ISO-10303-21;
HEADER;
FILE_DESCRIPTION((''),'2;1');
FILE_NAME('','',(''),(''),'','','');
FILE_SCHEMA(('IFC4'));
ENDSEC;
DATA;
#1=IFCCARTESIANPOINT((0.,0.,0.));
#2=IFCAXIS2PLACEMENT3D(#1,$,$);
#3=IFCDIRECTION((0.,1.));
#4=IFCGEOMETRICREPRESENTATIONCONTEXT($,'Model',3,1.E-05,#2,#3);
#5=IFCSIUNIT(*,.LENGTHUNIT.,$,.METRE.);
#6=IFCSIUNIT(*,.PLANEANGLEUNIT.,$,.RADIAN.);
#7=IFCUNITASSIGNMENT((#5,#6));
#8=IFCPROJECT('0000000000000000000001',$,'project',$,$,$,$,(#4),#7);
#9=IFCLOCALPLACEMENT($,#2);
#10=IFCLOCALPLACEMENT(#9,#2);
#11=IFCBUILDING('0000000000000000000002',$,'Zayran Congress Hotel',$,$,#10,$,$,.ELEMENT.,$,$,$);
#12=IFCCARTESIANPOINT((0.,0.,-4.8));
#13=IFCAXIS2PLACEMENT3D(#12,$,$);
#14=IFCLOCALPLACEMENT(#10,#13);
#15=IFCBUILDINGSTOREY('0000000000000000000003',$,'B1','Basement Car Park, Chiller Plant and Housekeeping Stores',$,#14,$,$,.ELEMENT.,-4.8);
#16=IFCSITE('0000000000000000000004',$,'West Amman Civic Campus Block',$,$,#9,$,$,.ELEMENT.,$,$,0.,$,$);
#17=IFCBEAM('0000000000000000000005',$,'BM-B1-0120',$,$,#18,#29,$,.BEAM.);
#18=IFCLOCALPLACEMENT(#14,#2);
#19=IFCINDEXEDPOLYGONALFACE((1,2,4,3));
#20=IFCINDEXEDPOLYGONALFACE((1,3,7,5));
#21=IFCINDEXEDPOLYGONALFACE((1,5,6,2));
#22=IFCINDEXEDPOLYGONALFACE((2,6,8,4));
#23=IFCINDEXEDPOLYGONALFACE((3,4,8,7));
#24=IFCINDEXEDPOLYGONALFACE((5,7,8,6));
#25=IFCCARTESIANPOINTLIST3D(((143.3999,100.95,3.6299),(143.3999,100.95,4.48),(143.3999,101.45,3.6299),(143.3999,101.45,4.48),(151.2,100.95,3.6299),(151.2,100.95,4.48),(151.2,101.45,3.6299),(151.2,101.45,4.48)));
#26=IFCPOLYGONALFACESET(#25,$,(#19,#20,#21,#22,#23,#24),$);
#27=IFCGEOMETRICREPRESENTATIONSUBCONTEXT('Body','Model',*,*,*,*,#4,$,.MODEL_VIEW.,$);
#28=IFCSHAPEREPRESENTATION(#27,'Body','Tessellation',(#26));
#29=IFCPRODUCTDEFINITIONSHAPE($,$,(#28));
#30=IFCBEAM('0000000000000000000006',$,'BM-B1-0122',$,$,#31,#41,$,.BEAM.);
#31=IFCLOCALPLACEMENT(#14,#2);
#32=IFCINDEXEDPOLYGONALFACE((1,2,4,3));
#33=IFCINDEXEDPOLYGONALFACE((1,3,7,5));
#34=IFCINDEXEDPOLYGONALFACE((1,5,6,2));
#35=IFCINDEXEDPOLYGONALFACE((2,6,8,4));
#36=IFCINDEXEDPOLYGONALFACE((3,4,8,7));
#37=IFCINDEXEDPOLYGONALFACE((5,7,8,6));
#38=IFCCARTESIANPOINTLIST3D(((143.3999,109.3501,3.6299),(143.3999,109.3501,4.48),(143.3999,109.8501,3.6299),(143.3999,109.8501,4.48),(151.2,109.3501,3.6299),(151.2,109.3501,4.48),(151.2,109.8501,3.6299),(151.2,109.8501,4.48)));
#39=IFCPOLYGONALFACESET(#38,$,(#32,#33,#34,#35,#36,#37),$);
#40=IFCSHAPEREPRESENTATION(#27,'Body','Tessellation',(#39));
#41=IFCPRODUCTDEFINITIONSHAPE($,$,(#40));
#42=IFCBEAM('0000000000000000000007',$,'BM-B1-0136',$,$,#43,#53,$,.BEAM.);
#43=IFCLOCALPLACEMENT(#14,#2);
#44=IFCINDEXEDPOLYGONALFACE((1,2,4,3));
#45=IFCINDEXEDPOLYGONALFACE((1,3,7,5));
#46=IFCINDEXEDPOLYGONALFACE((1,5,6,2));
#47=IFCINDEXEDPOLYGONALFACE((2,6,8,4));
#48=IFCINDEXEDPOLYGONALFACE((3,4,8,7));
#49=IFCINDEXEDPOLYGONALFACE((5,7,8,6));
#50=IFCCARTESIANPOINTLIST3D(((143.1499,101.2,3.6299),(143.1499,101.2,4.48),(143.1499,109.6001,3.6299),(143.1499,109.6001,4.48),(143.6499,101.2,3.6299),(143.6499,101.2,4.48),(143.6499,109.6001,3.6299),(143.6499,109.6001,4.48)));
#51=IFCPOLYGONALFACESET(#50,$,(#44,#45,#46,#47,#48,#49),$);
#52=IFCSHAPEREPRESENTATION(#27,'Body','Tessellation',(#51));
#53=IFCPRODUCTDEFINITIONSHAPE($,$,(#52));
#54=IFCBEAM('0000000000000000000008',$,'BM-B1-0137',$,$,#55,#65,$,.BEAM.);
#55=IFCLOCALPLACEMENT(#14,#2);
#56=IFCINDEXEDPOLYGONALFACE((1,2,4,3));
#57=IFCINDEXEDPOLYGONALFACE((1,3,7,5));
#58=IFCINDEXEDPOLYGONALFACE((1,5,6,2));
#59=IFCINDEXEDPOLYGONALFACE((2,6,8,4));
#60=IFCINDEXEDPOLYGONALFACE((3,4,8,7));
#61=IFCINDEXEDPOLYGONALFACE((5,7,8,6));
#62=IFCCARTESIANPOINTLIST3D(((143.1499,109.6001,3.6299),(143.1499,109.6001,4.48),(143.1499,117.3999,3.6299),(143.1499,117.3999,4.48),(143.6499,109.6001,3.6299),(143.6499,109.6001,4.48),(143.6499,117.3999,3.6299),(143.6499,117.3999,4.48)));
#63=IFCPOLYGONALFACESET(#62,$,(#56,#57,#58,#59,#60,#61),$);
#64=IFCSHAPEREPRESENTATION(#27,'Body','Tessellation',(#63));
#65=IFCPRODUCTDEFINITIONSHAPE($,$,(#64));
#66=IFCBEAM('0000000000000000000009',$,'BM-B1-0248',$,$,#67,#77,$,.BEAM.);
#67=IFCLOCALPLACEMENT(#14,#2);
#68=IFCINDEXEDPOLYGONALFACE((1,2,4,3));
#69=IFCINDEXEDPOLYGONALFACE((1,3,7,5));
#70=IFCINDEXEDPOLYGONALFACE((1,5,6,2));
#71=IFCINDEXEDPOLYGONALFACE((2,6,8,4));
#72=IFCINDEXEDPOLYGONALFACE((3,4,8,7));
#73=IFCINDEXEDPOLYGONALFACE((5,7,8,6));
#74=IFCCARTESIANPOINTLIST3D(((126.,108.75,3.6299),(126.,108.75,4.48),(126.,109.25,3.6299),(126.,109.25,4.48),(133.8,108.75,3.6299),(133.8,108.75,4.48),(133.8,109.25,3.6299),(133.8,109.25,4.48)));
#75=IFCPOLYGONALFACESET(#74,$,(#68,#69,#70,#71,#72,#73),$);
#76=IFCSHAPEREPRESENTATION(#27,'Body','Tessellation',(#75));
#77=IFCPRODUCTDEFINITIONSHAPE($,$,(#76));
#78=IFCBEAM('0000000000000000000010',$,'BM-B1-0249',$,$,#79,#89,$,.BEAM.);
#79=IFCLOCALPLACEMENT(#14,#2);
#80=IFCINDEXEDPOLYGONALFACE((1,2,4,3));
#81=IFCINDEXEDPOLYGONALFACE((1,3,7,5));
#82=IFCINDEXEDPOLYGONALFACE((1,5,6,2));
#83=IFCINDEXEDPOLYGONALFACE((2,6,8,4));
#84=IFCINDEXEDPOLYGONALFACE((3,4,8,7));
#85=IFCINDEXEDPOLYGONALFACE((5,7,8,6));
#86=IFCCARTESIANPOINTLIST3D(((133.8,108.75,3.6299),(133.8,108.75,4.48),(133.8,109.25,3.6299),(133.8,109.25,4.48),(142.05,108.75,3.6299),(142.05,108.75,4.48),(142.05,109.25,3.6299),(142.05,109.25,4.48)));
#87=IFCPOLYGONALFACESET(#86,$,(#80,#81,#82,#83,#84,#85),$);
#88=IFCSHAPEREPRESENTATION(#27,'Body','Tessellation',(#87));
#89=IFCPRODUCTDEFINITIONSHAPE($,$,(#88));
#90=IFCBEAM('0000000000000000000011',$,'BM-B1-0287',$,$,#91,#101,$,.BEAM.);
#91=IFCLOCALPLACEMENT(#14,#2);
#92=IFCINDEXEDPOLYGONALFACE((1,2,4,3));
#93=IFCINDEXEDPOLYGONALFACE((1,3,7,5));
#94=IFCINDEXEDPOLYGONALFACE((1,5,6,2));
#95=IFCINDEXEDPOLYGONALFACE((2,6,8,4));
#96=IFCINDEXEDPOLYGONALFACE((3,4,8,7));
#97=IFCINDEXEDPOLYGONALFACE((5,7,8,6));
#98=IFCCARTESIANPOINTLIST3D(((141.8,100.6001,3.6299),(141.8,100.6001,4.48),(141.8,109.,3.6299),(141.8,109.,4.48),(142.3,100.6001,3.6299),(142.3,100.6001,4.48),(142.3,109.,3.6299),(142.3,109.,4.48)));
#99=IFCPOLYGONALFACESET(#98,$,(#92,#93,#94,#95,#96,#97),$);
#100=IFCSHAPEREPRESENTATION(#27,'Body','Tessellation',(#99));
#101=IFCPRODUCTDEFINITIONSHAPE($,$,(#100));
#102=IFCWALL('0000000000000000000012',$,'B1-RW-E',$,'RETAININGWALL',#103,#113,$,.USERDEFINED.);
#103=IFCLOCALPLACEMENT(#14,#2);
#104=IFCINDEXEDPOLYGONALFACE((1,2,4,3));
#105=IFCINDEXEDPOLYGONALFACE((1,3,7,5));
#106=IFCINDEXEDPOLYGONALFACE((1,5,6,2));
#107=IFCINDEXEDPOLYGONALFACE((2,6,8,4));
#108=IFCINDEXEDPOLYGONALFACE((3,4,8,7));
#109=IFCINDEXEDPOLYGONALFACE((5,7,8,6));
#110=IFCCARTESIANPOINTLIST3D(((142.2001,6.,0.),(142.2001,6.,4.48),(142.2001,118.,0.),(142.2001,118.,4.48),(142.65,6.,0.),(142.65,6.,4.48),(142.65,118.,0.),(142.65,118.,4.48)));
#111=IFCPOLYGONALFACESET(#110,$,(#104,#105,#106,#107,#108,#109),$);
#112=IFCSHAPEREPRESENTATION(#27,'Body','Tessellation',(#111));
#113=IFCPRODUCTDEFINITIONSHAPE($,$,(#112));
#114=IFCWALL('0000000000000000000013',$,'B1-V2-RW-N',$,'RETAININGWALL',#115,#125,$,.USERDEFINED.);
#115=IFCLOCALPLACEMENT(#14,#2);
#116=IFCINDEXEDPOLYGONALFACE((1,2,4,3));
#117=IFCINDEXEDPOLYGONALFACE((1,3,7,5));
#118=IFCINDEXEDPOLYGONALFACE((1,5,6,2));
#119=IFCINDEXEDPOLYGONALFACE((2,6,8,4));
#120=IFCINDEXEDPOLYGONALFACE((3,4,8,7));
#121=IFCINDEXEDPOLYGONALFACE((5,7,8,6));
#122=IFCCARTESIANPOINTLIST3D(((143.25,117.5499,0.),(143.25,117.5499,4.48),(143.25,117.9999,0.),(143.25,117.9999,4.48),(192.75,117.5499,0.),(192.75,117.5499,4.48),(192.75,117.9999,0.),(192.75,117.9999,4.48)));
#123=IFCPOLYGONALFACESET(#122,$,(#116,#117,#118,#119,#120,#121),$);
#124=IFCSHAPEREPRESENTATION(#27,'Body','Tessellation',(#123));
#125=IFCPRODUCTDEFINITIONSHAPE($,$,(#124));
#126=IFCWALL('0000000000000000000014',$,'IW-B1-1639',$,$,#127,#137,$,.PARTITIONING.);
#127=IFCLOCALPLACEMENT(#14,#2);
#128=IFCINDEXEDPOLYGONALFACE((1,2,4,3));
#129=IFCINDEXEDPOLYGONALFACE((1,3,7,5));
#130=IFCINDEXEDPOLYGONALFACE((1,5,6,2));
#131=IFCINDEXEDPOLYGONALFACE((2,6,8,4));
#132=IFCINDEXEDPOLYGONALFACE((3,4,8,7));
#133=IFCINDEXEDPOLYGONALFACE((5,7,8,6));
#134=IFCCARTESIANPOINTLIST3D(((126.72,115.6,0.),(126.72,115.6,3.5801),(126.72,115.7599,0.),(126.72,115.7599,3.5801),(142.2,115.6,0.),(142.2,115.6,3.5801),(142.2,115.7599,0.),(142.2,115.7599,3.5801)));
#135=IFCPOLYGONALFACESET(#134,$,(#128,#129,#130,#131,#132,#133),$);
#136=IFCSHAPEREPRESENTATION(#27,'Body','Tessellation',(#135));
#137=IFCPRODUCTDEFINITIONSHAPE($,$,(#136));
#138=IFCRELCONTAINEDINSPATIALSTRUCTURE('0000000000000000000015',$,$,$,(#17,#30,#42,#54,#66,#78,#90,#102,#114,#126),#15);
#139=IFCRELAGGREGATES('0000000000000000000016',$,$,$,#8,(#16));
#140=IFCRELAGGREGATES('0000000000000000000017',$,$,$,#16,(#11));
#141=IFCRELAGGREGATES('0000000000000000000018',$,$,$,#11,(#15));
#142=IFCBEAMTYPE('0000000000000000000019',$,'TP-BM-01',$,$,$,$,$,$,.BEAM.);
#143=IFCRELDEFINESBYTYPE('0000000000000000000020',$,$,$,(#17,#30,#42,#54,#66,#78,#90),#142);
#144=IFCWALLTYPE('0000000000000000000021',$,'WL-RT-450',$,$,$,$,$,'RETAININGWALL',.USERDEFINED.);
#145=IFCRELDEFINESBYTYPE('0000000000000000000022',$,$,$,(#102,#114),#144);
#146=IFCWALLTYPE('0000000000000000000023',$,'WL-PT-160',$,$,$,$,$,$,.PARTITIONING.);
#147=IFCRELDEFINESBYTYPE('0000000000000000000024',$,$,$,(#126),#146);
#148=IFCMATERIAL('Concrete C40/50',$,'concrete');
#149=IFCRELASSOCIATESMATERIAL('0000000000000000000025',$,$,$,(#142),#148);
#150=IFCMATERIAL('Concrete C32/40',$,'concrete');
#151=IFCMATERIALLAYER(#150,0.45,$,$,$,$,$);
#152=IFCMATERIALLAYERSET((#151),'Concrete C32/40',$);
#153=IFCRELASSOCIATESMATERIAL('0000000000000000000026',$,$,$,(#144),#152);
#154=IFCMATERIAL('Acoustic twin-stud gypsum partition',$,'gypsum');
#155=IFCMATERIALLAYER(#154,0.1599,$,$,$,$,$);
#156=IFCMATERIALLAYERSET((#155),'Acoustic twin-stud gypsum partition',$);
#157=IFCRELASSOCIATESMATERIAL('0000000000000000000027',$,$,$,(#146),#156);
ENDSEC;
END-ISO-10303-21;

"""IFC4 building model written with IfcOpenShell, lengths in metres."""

from ifc_helpers import new_model, si_unit, direction, frame, frame_2d, origin, origin_2d, place, context, subcontext, project, spatial, rectangle, extrude, material, layer, layer_set, material_profile, profile_set, type_object, element, save


model = new_model("IFC4")

# Units and contexts
model_context = context("Model", 3, precision=1e-05, world=origin(), true_north=direction((0.0, 1.0)))
body_context = subcontext(model_context, "Body", "Model", "MODEL_VIEW")
ifc_project = project(units=[si_unit("LENGTHUNIT", "METRE"), si_unit("PLANEANGLEUNIT", "RADIAN")], contexts=[model_context])

# Site, building, storey
site_placement = place(None, origin())
site = spatial("IfcSite", under=ifc_project, at=site_placement, Name="West Amman Civic Campus Block", CompositionType="ELEMENT", RefElevation=0.0)
building_placement = place(site_placement, origin())
building = spatial("IfcBuilding", under=site, at=building_placement, Name="Zayran Congress Hotel", CompositionType="ELEMENT")
storey_placement = place(building_placement, frame((0.0, 0.0, -4.8)))
storey = spatial("IfcBuildingStorey", under=building, at=storey_placement, Name="B1", Description="Basement Car Park, Chiller Plant and Housekeeping Stores", CompositionType="ELEMENT", Elevation=-4.8)

# Shared definitions
ifc_material_1 = material(Name="Concrete C40/50", Category="concrete")

# Beams
ifc_material_profile_1 = material_profile(ifc_material_1, rectangle(XDim=0.5, YDim=0.8501, at=origin_2d()), Name="RC 500x850")
ifc_profile_set_1 = profile_set([ifc_material_profile_1], Name="Concrete C40/50")
beam_type = type_object("IfcBeamType", Name="TP-BM-01", PredefinedType="BEAM", material=ifc_profile_set_1)
for number, where, z_axis, x_axis, name in (
    (1, (143.3999, 101.2, 4.0549), (1.0, 0.0, 0.0), (0.0, 1.0, 0.0), "BM-B1-0120"),
    (2, (143.3999, 109.6001, 4.0549), (1.0, 0.0, 0.0), (0.0, 1.0, 0.0), "BM-B1-0122"),
):
    element("IfcBeam", number, at=place(storey_placement, frame(where, z_axis=z_axis, x_axis=x_axis)), inside=storey, type_object=beam_type, Name=name, PredefinedType="BEAM", context=body_context, shape_type="SweptSolid", body=[
        extrude(rectangle(XDim=0.5, YDim=0.8501, at=origin_2d()), origin(), (0.0, 0.0, 1.0), 7.8),
    ])
beam_1_placement = place(storey_placement, frame((143.3999, 101.2, 4.0549), z_axis=(0.0, 1.0, 0.0), x_axis=(-1.0, 0.0, 0.0)))
element("IfcBeam", 3, at=beam_1_placement, inside=storey, type_object=beam_type, Name="BM-B1-0136", PredefinedType="BEAM", context=body_context, shape_type="SweptSolid", body=[
    extrude(rectangle(XDim=0.5, YDim=0.8501, at=origin_2d()), origin(), (0.0, 0.0, 1.0), 8.4001),
])
beam_2_placement = place(storey_placement, frame((143.3999, 109.6001, 4.0549), z_axis=(0.0, 1.0, 0.0), x_axis=(-1.0, 0.0, 0.0)))
element("IfcBeam", 4, at=beam_2_placement, inside=storey, type_object=beam_type, Name="BM-B1-0137", PredefinedType="BEAM", context=body_context, shape_type="SweptSolid", body=[
    extrude(rectangle(XDim=0.5, YDim=0.8501, at=origin_2d()), origin(), (0.0, 0.0, 1.0), 7.7998),
])
beam_3_placement = place(storey_placement, frame((126.0, 109.0, 4.0549), z_axis=(1.0, 0.0, 0.0), x_axis=(0.0, 1.0, 0.0)))
element("IfcBeam", 5, at=beam_3_placement, inside=storey, type_object=beam_type, Name="BM-B1-0248", PredefinedType="BEAM", context=body_context, shape_type="SweptSolid", body=[
    extrude(rectangle(XDim=0.5, YDim=0.8501, at=origin_2d()), origin(), (0.0, 0.0, 1.0), 7.8),
])
beam_4_placement = place(storey_placement, frame((133.8, 109.0, 4.0549), z_axis=(1.0, 0.0, 0.0), x_axis=(0.0, 1.0, 0.0)))
element("IfcBeam", 6, at=beam_4_placement, inside=storey, type_object=beam_type, Name="BM-B1-0249", PredefinedType="BEAM", context=body_context, shape_type="SweptSolid", body=[
    extrude(rectangle(XDim=0.5, YDim=0.8501, at=origin_2d()), origin(), (0.0, 0.0, 1.0), 8.25),
])
beam_5_placement = place(storey_placement, frame((142.05, 100.6001, 4.0549), z_axis=(0.0, 1.0, 0.0), x_axis=(-1.0, 0.0, 0.0)))
element("IfcBeam", 7, at=beam_5_placement, inside=storey, type_object=beam_type, Name="BM-B1-0287", PredefinedType="BEAM", context=body_context, shape_type="SweptSolid", body=[
    extrude(rectangle(XDim=0.5, YDim=0.8501, at=origin_2d()), origin(), (0.0, 0.0, 1.0), 8.3999),
])

# Walls
ifc_material_2 = material(Name="Concrete C32/40", Category="concrete")
ifc_layer_1 = layer(ifc_material_2, 0.45)
ifc_layer_set_1 = layer_set([ifc_layer_1], Name="Concrete C32/40")
wall_type_1 = type_object("IfcWallType", Name="WL-RT-450", ElementType="RETAININGWALL", PredefinedType="USERDEFINED", material=ifc_layer_set_1)
wall_1_placement = place(storey_placement, frame((142.425, 118.0, 0.0), z_axis=(0.0, 0.0, 1.0), x_axis=(0.0, -1.0, 0.0)))
element("IfcWall", 8, at=wall_1_placement, inside=storey, type_object=wall_type_1, Name="B1-RW-E", ObjectType="RETAININGWALL", PredefinedType="USERDEFINED", context=body_context, shape_type="SweptSolid", body=[
    extrude(rectangle(XDim=112.0, YDim=0.45, at=frame_2d((56.0, 0.0))), origin(), (0.0, 0.0, 1.0), 4.48),
])
wall_2_placement = place(storey_placement, frame((143.25, 117.7749, 0.0), z_axis=(0.0, 0.0, 1.0), x_axis=(1.0, 0.0, 0.0)))
element("IfcWall", 9, at=wall_2_placement, inside=storey, type_object=wall_type_1, Name="B1-V2-RW-N", ObjectType="RETAININGWALL", PredefinedType="USERDEFINED", context=body_context, shape_type="SweptSolid", body=[
    extrude(rectangle(XDim=49.5, YDim=0.45, at=frame_2d((24.75, 0.0))), origin(), (0.0, 0.0, 1.0), 4.48),
])
ifc_material_3 = material(Name="Acoustic twin-stud gypsum partition", Category="gypsum")
ifc_layer_2 = layer(ifc_material_3, 0.1599)
ifc_layer_set_2 = layer_set([ifc_layer_2], Name="Acoustic twin-stud gypsum partition")
wall_type_2 = type_object("IfcWallType", Name="WL-PT-160", PredefinedType="PARTITIONING", material=ifc_layer_set_2)
wall_3_placement = place(storey_placement, frame((126.72, 115.6799, 0.0), z_axis=(0.0, 0.0, 1.0), x_axis=(1.0, 0.0, 0.0)))
element("IfcWall", 10, at=wall_3_placement, inside=storey, type_object=wall_type_2, Name="IW-B1-1639", PredefinedType="PARTITIONING", context=body_context, shape_type="SweptSolid", body=[
    extrude(rectangle(XDim=15.48, YDim=0.1599, at=frame_2d((7.74, 0.0))), origin(), (0.0, 0.0, 1.0), 3.5801),
])

save(model, "model.ifc")
